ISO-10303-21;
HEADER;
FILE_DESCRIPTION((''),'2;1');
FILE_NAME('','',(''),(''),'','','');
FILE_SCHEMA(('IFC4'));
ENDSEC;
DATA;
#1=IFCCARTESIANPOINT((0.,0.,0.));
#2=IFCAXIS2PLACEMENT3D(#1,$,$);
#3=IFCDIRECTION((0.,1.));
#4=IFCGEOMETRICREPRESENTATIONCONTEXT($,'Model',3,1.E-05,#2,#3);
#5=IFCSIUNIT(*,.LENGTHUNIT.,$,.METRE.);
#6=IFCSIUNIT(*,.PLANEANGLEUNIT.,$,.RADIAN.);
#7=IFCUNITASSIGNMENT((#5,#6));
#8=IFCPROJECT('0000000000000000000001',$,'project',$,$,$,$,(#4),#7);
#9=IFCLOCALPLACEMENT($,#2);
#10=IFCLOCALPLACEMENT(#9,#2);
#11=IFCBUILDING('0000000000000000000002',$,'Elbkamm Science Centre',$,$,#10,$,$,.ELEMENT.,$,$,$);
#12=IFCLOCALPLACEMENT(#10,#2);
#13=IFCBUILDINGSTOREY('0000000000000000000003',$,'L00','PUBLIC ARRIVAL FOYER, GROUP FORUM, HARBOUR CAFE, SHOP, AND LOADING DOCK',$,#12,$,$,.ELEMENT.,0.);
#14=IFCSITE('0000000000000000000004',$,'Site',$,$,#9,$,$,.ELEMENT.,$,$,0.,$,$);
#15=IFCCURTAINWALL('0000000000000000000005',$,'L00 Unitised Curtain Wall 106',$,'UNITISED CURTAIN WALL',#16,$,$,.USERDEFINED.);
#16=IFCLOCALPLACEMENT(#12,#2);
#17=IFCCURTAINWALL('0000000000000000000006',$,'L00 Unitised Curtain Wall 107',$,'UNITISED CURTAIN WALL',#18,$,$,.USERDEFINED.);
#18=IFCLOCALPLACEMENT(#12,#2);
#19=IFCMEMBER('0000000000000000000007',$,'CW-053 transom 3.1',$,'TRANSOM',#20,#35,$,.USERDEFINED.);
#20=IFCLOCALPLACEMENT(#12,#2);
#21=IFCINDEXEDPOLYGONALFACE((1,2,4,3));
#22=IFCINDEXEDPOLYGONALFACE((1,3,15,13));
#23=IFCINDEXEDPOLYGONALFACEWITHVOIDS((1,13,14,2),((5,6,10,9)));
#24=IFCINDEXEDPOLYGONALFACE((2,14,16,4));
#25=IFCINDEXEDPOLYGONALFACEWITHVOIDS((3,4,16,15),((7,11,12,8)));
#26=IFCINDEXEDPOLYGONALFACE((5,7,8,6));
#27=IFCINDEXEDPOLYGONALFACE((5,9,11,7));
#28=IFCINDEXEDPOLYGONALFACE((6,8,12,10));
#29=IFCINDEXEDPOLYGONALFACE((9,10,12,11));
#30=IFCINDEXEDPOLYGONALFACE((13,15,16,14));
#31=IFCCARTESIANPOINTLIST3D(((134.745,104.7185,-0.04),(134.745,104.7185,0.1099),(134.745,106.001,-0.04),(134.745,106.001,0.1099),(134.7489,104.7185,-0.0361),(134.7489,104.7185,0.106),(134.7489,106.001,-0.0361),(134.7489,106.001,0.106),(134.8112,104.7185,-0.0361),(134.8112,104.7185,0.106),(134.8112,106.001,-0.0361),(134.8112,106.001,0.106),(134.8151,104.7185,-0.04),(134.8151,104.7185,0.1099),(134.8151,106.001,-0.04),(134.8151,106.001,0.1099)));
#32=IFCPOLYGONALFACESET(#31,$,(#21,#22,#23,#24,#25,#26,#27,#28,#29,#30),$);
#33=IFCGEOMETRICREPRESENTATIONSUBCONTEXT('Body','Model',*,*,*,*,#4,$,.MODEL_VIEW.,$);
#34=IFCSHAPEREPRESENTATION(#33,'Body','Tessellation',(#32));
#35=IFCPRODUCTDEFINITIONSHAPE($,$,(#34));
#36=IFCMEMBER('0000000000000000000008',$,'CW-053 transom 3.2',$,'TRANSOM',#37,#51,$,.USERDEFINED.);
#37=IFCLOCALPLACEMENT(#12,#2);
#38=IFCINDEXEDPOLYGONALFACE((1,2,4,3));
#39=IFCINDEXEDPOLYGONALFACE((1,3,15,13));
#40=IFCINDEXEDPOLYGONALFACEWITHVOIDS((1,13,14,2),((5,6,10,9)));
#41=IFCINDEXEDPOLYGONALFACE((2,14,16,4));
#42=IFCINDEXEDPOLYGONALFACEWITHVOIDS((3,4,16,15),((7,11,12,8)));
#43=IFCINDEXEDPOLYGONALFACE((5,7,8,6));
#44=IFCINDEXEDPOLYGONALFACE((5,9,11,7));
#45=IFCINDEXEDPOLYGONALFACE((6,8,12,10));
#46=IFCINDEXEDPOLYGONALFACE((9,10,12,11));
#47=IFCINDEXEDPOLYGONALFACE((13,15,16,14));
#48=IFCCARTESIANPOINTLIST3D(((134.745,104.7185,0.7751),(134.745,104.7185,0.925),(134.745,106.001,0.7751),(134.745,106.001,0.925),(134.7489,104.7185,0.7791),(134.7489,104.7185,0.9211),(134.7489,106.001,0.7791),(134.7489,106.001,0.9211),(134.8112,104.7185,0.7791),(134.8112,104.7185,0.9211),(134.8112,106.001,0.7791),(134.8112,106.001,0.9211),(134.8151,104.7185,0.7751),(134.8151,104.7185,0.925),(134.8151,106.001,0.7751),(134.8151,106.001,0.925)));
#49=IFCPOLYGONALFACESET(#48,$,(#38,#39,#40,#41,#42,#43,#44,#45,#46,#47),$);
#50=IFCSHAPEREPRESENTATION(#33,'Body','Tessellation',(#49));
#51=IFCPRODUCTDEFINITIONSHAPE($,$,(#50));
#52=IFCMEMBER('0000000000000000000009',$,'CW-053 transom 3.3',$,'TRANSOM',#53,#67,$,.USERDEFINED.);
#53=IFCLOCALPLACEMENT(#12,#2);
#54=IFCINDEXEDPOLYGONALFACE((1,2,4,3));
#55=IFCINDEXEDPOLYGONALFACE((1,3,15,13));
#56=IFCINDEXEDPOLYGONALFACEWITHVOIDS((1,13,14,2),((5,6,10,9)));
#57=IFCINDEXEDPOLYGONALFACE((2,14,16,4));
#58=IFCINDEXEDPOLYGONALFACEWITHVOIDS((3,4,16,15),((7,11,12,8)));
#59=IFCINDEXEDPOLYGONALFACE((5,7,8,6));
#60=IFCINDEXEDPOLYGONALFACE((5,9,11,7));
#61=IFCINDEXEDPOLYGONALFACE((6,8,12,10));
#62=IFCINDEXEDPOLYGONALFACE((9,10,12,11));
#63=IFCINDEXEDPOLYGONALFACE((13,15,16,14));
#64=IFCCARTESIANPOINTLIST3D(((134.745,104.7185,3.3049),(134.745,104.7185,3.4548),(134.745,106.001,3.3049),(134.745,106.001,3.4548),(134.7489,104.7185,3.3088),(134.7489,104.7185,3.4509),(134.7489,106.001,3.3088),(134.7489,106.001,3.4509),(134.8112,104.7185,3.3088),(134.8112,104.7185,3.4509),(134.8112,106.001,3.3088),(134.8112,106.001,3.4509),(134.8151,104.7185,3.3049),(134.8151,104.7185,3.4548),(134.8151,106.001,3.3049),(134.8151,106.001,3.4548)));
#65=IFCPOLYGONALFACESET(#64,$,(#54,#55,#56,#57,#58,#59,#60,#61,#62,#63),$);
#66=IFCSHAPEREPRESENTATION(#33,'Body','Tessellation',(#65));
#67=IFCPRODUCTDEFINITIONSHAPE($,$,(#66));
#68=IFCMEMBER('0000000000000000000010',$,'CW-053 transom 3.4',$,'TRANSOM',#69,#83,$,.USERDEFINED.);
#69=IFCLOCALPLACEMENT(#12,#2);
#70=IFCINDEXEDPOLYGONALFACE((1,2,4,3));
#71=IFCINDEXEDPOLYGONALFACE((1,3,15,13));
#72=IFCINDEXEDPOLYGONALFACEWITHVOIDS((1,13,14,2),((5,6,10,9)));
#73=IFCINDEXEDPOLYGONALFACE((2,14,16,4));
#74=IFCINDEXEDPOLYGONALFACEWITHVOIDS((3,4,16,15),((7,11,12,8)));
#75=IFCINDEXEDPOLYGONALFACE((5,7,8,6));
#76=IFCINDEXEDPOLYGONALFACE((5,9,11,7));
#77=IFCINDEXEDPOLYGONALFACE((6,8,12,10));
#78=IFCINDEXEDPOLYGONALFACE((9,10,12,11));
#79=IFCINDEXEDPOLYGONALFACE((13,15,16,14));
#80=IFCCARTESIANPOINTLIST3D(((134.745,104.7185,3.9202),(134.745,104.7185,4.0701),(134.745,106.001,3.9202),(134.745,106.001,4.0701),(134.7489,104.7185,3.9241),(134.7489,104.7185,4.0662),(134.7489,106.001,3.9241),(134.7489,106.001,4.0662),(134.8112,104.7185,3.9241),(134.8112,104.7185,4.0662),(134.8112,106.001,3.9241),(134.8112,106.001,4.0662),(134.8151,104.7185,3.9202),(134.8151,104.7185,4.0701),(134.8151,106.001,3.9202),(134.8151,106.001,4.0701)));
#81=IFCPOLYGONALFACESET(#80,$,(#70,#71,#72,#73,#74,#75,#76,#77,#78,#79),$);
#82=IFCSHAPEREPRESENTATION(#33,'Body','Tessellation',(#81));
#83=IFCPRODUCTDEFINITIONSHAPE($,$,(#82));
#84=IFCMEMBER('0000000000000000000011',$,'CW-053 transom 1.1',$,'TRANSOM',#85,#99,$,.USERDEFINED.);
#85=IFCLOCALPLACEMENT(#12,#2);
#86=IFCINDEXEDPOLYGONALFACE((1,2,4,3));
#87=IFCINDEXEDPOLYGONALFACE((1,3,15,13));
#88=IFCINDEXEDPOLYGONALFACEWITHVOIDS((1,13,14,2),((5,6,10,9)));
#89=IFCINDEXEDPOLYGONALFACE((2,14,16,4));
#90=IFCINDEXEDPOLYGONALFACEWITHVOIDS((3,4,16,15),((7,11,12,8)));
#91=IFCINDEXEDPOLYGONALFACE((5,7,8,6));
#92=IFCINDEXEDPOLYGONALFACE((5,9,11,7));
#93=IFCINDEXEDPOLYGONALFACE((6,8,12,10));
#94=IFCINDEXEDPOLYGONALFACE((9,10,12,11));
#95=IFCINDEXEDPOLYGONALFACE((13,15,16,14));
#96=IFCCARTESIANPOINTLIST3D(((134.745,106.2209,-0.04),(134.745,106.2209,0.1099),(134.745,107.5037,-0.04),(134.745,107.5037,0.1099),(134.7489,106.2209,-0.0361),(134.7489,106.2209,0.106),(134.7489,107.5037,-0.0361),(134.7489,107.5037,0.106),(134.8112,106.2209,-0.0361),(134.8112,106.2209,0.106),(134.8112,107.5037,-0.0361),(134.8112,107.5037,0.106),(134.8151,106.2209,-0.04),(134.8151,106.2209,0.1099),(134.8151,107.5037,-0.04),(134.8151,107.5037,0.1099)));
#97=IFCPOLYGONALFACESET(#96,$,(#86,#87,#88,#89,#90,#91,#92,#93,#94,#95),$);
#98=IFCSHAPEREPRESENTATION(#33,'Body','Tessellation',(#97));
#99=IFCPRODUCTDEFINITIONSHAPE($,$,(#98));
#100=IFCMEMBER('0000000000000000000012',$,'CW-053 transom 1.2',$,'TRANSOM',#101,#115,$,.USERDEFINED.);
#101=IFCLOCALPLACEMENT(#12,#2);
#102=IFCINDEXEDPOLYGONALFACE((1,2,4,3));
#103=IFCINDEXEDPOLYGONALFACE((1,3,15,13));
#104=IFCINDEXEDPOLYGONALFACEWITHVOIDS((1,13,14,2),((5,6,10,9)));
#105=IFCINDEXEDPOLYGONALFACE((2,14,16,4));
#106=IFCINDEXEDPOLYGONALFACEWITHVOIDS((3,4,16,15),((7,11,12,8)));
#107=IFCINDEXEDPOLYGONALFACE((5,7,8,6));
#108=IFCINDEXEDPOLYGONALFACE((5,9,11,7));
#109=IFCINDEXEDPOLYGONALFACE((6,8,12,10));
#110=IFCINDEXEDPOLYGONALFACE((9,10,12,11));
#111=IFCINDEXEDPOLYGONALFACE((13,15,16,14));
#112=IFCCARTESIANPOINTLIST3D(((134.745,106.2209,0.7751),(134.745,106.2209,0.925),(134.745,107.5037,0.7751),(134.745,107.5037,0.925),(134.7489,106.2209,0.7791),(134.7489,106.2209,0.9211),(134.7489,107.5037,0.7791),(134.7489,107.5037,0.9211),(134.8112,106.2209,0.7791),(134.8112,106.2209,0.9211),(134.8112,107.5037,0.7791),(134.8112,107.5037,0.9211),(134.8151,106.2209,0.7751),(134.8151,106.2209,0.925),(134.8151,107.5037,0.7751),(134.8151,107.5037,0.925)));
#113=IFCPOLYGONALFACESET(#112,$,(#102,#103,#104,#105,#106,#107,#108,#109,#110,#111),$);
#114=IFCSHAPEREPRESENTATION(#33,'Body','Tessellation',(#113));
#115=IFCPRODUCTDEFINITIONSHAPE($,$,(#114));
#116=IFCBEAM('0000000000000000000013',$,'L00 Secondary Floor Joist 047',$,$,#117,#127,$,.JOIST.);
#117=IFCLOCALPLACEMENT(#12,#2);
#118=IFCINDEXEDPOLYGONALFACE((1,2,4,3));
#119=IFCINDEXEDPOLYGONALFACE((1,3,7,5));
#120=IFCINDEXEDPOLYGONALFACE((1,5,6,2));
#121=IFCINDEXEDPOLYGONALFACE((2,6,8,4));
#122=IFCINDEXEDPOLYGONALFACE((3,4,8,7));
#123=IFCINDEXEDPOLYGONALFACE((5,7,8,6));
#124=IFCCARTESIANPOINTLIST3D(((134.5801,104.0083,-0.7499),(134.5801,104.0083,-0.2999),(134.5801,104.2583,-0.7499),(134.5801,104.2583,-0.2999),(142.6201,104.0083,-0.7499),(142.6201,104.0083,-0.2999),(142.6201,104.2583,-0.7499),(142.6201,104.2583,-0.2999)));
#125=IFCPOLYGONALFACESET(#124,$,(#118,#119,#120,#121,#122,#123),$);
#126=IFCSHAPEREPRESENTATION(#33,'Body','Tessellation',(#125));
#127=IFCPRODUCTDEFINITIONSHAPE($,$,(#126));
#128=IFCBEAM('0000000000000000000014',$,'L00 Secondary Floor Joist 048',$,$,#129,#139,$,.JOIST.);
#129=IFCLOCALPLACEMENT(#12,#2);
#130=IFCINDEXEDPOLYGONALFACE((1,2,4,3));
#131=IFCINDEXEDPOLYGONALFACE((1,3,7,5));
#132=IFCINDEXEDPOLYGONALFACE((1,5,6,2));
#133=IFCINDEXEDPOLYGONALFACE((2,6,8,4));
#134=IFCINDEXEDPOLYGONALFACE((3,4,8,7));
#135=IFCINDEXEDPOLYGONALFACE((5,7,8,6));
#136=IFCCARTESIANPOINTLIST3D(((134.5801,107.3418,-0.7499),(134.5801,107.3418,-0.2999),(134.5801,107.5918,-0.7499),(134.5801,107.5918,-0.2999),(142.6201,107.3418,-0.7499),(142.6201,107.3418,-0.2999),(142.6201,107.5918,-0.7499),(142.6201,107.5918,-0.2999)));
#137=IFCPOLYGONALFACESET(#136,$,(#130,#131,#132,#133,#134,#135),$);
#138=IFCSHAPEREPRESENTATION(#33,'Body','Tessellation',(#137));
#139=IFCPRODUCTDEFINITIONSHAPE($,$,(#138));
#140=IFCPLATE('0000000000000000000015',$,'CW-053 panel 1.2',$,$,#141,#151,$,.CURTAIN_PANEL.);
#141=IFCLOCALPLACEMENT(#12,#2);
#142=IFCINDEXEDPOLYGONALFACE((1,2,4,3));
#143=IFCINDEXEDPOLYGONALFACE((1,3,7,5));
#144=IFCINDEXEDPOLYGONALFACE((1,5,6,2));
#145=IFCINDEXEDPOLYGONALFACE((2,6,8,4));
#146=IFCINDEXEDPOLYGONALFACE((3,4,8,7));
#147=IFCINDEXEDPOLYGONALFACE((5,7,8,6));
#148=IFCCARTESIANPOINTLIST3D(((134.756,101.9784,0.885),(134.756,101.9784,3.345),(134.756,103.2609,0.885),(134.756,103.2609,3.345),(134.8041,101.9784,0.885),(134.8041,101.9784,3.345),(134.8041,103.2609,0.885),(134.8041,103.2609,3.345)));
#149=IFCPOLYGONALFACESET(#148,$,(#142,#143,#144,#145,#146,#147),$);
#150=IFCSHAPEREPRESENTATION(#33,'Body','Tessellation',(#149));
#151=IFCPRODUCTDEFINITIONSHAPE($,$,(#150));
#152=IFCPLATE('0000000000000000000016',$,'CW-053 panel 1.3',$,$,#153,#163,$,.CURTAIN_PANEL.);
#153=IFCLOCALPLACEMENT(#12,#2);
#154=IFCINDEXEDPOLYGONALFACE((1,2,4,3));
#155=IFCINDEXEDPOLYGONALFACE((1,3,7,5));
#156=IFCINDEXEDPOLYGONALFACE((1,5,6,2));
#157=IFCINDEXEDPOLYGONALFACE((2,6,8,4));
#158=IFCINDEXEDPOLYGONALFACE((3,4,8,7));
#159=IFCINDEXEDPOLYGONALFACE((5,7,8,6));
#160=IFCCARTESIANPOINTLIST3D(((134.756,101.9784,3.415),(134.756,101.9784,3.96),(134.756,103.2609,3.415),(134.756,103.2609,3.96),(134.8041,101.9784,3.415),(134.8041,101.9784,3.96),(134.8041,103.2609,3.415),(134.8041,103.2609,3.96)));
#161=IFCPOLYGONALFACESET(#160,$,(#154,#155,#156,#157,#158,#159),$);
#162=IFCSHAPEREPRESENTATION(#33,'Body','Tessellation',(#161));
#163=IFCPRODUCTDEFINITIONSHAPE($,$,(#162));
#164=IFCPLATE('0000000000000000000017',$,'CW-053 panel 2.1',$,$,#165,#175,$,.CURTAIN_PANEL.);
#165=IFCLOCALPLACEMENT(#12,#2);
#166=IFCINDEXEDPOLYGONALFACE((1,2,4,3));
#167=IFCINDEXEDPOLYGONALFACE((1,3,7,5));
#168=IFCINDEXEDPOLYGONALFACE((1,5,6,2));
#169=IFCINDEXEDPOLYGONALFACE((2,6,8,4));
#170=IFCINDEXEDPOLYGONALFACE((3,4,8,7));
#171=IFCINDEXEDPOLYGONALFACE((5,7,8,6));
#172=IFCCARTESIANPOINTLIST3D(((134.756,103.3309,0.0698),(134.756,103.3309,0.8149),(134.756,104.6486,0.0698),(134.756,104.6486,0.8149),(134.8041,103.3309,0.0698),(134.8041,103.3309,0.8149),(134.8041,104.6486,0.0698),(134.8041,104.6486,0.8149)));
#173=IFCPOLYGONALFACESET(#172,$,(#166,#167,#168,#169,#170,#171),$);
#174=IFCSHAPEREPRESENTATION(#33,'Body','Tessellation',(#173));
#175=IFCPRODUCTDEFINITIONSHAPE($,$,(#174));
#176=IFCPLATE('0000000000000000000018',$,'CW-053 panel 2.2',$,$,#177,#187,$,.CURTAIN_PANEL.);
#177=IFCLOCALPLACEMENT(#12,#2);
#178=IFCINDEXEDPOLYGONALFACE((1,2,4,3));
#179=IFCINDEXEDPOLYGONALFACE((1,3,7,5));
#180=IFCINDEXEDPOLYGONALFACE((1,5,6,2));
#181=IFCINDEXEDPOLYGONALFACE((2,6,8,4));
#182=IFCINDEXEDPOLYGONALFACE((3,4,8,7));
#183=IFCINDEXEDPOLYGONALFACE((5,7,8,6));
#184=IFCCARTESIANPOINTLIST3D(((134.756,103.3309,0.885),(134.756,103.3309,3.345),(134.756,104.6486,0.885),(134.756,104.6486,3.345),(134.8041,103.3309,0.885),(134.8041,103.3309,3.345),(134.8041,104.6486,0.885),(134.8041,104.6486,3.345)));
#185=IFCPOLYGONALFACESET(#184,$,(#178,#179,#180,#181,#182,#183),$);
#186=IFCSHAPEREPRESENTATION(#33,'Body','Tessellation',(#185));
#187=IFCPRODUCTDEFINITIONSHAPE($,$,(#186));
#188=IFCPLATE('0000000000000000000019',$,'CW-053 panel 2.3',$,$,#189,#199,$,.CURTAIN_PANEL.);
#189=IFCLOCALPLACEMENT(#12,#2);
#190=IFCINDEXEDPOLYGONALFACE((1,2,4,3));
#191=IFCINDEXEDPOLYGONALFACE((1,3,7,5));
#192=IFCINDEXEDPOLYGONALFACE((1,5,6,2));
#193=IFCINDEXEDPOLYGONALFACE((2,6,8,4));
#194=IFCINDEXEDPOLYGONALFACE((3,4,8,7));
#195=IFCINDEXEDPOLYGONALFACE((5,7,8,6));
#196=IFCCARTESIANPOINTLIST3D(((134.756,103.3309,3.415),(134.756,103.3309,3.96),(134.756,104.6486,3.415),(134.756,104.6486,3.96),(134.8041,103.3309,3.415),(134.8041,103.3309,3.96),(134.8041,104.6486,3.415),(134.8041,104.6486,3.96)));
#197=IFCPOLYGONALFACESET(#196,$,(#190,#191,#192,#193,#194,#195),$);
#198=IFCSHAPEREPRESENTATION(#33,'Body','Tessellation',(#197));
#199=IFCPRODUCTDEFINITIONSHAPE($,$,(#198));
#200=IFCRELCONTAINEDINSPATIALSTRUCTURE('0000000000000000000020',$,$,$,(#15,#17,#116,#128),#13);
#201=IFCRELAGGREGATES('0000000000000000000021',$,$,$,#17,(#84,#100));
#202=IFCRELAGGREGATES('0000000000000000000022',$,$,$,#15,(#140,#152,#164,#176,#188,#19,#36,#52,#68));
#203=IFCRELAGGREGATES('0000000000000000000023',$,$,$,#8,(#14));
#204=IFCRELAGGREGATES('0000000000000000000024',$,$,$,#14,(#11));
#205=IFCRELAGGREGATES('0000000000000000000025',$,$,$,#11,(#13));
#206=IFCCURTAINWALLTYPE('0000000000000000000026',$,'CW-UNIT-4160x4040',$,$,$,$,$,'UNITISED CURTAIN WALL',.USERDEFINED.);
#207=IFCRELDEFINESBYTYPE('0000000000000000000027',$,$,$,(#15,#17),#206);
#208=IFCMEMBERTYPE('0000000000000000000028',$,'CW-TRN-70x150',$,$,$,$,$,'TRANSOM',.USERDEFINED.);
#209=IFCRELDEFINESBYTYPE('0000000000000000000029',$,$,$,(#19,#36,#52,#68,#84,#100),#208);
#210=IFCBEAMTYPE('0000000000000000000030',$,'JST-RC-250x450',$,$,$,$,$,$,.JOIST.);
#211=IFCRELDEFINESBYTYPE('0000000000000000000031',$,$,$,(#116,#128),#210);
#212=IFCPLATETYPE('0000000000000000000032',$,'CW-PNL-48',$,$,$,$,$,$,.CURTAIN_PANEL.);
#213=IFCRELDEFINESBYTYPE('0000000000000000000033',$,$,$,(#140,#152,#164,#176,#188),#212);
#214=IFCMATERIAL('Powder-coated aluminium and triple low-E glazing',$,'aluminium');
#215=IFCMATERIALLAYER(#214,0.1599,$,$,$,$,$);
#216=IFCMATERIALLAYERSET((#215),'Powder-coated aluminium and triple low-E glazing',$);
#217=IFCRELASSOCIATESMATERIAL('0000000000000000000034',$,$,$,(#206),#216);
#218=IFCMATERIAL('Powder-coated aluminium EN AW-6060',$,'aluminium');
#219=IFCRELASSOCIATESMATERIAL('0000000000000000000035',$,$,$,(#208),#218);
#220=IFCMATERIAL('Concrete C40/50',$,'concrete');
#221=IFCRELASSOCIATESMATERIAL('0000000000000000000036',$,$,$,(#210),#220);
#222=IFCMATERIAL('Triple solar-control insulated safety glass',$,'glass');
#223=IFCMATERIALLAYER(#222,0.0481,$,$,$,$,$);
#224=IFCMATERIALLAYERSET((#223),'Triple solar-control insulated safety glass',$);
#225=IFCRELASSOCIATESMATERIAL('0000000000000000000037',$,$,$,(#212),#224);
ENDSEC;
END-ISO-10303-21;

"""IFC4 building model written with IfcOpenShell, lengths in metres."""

from ifc_helpers import new_model, si_unit, direction, frame, origin, origin_2d, place, context, subcontext, project, spatial, rectangle, hollow_rectangle, extrude, material, layer, layer_set, material_profile, profile_set, type_object, element, aggregate, save


model = new_model("IFC4")

# Units and contexts
model_context = context("Model", 3, precision=1e-05, world=origin(), true_north=direction((0.0, 1.0)))
body_context = subcontext(model_context, "Body", "Model", "MODEL_VIEW")
ifc_project = project(units=[si_unit("LENGTHUNIT", "METRE"), si_unit("PLANEANGLEUNIT", "RADIAN")], contexts=[model_context])

# Site, building, storey
site_placement = place(None, origin())
site = spatial("IfcSite", under=ifc_project, at=site_placement, Name="Site", CompositionType="ELEMENT", RefElevation=0.0)
building_placement = place(site_placement, origin())
building = spatial("IfcBuilding", under=site, at=building_placement, Name="Elbkamm Science Centre", CompositionType="ELEMENT")
storey_placement = place(building_placement, origin())
storey = spatial("IfcBuildingStorey", under=building, at=storey_placement, Name="L00", Description="PUBLIC ARRIVAL FOYER, GROUP FORUM, HARBOUR CAFE, SHOP, AND LOADING DOCK", CompositionType="ELEMENT", Elevation=0.0)

# Shared definitions
ifc_material_1 = material(Name="Concrete C40/50", Category="concrete")

# Curtain wall
ifc_material_2 = material(Name="Powder-coated aluminium and triple low-E glazing", Category="aluminium")
ifc_layer_1 = layer(ifc_material_2, 0.1599)
ifc_layer_set_1 = layer_set([ifc_layer_1], Name="Powder-coated aluminium and triple low-E glazing")
curtain_wall_type = type_object("IfcCurtainWallType", Name="CW-UNIT-4160x4040", ElementType="UNITISED CURTAIN WALL", PredefinedType="USERDEFINED", material=ifc_layer_set_1)
curtain_wall_1_placement = place(storey_placement, origin())
curtain_wall_1 = element("IfcCurtainWall", 1, at=curtain_wall_1_placement, inside=storey, type_object=curtain_wall_type, Name="L00 Unitised Curtain Wall 106", ObjectType="UNITISED CURTAIN WALL", PredefinedType="USERDEFINED")
ifc_material_3 = material(Name="Powder-coated aluminium EN AW-6060", Category="aluminium")

# Curtain wall
curtain_wall_2_placement = place(storey_placement, origin())
curtain_wall_2 = element("IfcCurtainWall", 2, at=curtain_wall_2_placement, inside=storey, type_object=curtain_wall_type, Name="L00 Unitised Curtain Wall 107", ObjectType="UNITISED CURTAIN WALL", PredefinedType="USERDEFINED")

# Members
ifc_material_profile_1 = material_profile(ifc_material_3, hollow_rectangle(XDim=0.0701, YDim=0.1499, WallThickness=0.0039, at=origin_2d()), Name="ALU T70x150")
ifc_profile_set_1 = profile_set([ifc_material_profile_1], Name="Powder-coated aluminium EN AW-6060")
member_type_1 = type_object("IfcMemberType", Name="CW-TRN-70x150", ElementType="TRANSOM", PredefinedType="USERDEFINED", material=ifc_profile_set_1)
member_1_placement = place(storey_placement, frame((134.78, 104.7185, 0.0349), z_axis=(0.0, 1.0, 0.0), x_axis=(-1.0, 0.0, 0.0)))
member_1 = element("IfcMember", 3, at=member_1_placement, type_object=member_type_1, Name="CW-053 transom 3.1", ObjectType="TRANSOM", PredefinedType="USERDEFINED", context=body_context, shape_type="SweptSolid", body=[
    extrude(hollow_rectangle(XDim=0.0701, YDim=0.1499, WallThickness=0.0039, at=origin_2d()), origin(), (0.0, 0.0, 1.0), 1.2825),
])
member_2_placement = place(storey_placement, frame((134.78, 104.7185, 0.8501), z_axis=(0.0, 1.0, 0.0), x_axis=(-1.0, 0.0, 0.0)))
member_2 = element("IfcMember", 4, at=member_2_placement, type_object=member_type_1, Name="CW-053 transom 3.2", ObjectType="TRANSOM", PredefinedType="USERDEFINED", context=body_context, shape_type="SweptSolid", body=[
    extrude(hollow_rectangle(XDim=0.0701, YDim=0.1499, WallThickness=0.0039, at=origin_2d()), origin(), (0.0, 0.0, 1.0), 1.2825),
])
member_3_placement = place(storey_placement, frame((134.78, 104.7185, 3.3799), z_axis=(0.0, 1.0, 0.0), x_axis=(-1.0, 0.0, 0.0)))
member_3 = element("IfcMember", 5, at=member_3_placement, type_object=member_type_1, Name="CW-053 transom 3.3", ObjectType="TRANSOM", PredefinedType="USERDEFINED", context=body_context, shape_type="SweptSolid", body=[
    extrude(hollow_rectangle(XDim=0.0701, YDim=0.1499, WallThickness=0.0039, at=origin_2d()), origin(), (0.0, 0.0, 1.0), 1.2825),
])
member_4_placement = place(storey_placement, frame((134.78, 104.7185, 3.9951), z_axis=(0.0, 1.0, 0.0), x_axis=(-1.0, 0.0, 0.0)))
member_4 = element("IfcMember", 6, at=member_4_placement, type_object=member_type_1, Name="CW-053 transom 3.4", ObjectType="TRANSOM", PredefinedType="USERDEFINED", context=body_context, shape_type="SweptSolid", body=[
    extrude(hollow_rectangle(XDim=0.0701, YDim=0.1499, WallThickness=0.0039, at=origin_2d()), origin(), (0.0, 0.0, 1.0), 1.2825),
])
member_5_placement = place(storey_placement, frame((134.78, 106.2209, 0.0349), z_axis=(0.0, 1.0, 0.0), x_axis=(-1.0, 0.0, 0.0)))
member_5 = element("IfcMember", 7, at=member_5_placement, type_object=member_type_1, Name="CW-053 transom 1.1", ObjectType="TRANSOM", PredefinedType="USERDEFINED", context=body_context, shape_type="SweptSolid", body=[
    extrude(hollow_rectangle(XDim=0.0701, YDim=0.1499, WallThickness=0.0039, at=origin_2d()), origin(), (0.0, 0.0, 1.0), 1.2827),
])
member_6_placement = place(storey_placement, frame((134.78, 106.2209, 0.8501), z_axis=(0.0, 1.0, 0.0), x_axis=(-1.0, 0.0, 0.0)))
member_6 = element("IfcMember", 8, at=member_6_placement, type_object=member_type_1, Name="CW-053 transom 1.2", ObjectType="TRANSOM", PredefinedType="USERDEFINED", context=body_context, shape_type="SweptSolid", body=[
    extrude(hollow_rectangle(XDim=0.0701, YDim=0.1499, WallThickness=0.0039, at=origin_2d()), origin(), (0.0, 0.0, 1.0), 1.2827),
])
aggregate(curtain_wall_2, [member_5, member_6])

# Beams
ifc_material_profile_2 = material_profile(ifc_material_1, rectangle(XDim=0.25, YDim=0.45, at=origin_2d()), Name="RC 250x450")
ifc_profile_set_2 = profile_set([ifc_material_profile_2], Name="Concrete C40/50")
beam_type_1 = type_object("IfcBeamType", Name="JST-RC-250x450", PredefinedType="JOIST", material=ifc_profile_set_2)
for number, where, z_axis, x_axis, name in (
    (9, (134.5801, 104.1333, -0.5249), (1.0, 0.0, 0.0), (0.0, 1.0, 0.0), "L00 Secondary Floor Joist 047"),
    (10, (134.5801, 107.4668, -0.5249), (1.0, 0.0, 0.0), (0.0, 1.0, 0.0), "L00 Secondary Floor Joist 048"),
):
    element("IfcBeam", number, at=place(storey_placement, frame(where, z_axis=z_axis, x_axis=x_axis)), inside=storey, type_object=beam_type_1, Name=name, PredefinedType="JOIST", context=body_context, shape_type="SweptSolid", body=[
        extrude(rectangle(XDim=0.25, YDim=0.45, at=origin_2d()), origin(), (0.0, 0.0, 1.0), 8.04),
    ])

# Plates
ifc_material_4 = material(Name="Triple solar-control insulated safety glass", Category="glass")
ifc_layer_2 = layer(ifc_material_4, 0.0481)
ifc_layer_set_2 = layer_set([ifc_layer_2], Name="Triple solar-control insulated safety glass")
plate_type = type_object("IfcPlateType", Name="CW-PNL-48", PredefinedType="CURTAIN_PANEL", material=ifc_layer_set_2)
plate_1_placement = place(storey_placement, frame((134.78, 102.6196, 0.885), z_axis=(0.0, 0.0, 1.0), x_axis=(0.0, 1.0, 0.0)))
plate_1 = element("IfcPlate", 11, at=plate_1_placement, type_object=plate_type, Name="CW-053 panel 1.2", PredefinedType="CURTAIN_PANEL", context=body_context, shape_type="SweptSolid", body=[
    extrude(rectangle(XDim=1.2825, YDim=0.0481, at=origin_2d()), origin(), (0.0, 0.0, 1.0), 2.46),
])
plate_2_placement = place(storey_placement, frame((134.78, 102.6196, 3.415), z_axis=(0.0, 0.0, 1.0), x_axis=(0.0, 1.0, 0.0)))
plate_2 = element("IfcPlate", 12, at=plate_2_placement, type_object=plate_type, Name="CW-053 panel 1.3", PredefinedType="CURTAIN_PANEL", context=body_context, shape_type="SweptSolid", body=[
    extrude(rectangle(XDim=1.2825, YDim=0.0481, at=origin_2d()), origin(), (0.0, 0.0, 1.0), 0.5449),
])
plate_3_placement = place(storey_placement, frame((134.78, 103.9897, 0.0698), z_axis=(0.0, 0.0, 1.0), x_axis=(0.0, 1.0, 0.0)))
plate_3 = element("IfcPlate", 13, at=plate_3_placement, type_object=plate_type, Name="CW-053 panel 2.1", PredefinedType="CURTAIN_PANEL", context=body_context, shape_type="SweptSolid", body=[
    extrude(rectangle(XDim=1.3176, YDim=0.0481, at=origin_2d()), origin(), (0.0, 0.0, 1.0), 0.7451),
])
plate_4_placement = place(storey_placement, frame((134.78, 103.9897, 0.885), z_axis=(0.0, 0.0, 1.0), x_axis=(0.0, 1.0, 0.0)))
plate_4 = element("IfcPlate", 14, at=plate_4_placement, type_object=plate_type, Name="CW-053 panel 2.2", PredefinedType="CURTAIN_PANEL", context=body_context, shape_type="SweptSolid", body=[
    extrude(rectangle(XDim=1.3176, YDim=0.0481, at=origin_2d()), origin(), (0.0, 0.0, 1.0), 2.46),
])
plate_5_placement = place(storey_placement, frame((134.78, 103.9897, 3.415), z_axis=(0.0, 0.0, 1.0), x_axis=(0.0, 1.0, 0.0)))
plate_5 = element("IfcPlate", 15, at=plate_5_placement, type_object=plate_type, Name="CW-053 panel 2.3", PredefinedType="CURTAIN_PANEL", context=body_context, shape_type="SweptSolid", body=[
    extrude(rectangle(XDim=1.3176, YDim=0.0481, at=origin_2d()), origin(), (0.0, 0.0, 1.0), 0.5449),
])
aggregate(curtain_wall_1, [plate_1, plate_2, plate_3, plate_4, plate_5, member_1, member_2, member_3, member_4])

save(model, "model.ifc")
